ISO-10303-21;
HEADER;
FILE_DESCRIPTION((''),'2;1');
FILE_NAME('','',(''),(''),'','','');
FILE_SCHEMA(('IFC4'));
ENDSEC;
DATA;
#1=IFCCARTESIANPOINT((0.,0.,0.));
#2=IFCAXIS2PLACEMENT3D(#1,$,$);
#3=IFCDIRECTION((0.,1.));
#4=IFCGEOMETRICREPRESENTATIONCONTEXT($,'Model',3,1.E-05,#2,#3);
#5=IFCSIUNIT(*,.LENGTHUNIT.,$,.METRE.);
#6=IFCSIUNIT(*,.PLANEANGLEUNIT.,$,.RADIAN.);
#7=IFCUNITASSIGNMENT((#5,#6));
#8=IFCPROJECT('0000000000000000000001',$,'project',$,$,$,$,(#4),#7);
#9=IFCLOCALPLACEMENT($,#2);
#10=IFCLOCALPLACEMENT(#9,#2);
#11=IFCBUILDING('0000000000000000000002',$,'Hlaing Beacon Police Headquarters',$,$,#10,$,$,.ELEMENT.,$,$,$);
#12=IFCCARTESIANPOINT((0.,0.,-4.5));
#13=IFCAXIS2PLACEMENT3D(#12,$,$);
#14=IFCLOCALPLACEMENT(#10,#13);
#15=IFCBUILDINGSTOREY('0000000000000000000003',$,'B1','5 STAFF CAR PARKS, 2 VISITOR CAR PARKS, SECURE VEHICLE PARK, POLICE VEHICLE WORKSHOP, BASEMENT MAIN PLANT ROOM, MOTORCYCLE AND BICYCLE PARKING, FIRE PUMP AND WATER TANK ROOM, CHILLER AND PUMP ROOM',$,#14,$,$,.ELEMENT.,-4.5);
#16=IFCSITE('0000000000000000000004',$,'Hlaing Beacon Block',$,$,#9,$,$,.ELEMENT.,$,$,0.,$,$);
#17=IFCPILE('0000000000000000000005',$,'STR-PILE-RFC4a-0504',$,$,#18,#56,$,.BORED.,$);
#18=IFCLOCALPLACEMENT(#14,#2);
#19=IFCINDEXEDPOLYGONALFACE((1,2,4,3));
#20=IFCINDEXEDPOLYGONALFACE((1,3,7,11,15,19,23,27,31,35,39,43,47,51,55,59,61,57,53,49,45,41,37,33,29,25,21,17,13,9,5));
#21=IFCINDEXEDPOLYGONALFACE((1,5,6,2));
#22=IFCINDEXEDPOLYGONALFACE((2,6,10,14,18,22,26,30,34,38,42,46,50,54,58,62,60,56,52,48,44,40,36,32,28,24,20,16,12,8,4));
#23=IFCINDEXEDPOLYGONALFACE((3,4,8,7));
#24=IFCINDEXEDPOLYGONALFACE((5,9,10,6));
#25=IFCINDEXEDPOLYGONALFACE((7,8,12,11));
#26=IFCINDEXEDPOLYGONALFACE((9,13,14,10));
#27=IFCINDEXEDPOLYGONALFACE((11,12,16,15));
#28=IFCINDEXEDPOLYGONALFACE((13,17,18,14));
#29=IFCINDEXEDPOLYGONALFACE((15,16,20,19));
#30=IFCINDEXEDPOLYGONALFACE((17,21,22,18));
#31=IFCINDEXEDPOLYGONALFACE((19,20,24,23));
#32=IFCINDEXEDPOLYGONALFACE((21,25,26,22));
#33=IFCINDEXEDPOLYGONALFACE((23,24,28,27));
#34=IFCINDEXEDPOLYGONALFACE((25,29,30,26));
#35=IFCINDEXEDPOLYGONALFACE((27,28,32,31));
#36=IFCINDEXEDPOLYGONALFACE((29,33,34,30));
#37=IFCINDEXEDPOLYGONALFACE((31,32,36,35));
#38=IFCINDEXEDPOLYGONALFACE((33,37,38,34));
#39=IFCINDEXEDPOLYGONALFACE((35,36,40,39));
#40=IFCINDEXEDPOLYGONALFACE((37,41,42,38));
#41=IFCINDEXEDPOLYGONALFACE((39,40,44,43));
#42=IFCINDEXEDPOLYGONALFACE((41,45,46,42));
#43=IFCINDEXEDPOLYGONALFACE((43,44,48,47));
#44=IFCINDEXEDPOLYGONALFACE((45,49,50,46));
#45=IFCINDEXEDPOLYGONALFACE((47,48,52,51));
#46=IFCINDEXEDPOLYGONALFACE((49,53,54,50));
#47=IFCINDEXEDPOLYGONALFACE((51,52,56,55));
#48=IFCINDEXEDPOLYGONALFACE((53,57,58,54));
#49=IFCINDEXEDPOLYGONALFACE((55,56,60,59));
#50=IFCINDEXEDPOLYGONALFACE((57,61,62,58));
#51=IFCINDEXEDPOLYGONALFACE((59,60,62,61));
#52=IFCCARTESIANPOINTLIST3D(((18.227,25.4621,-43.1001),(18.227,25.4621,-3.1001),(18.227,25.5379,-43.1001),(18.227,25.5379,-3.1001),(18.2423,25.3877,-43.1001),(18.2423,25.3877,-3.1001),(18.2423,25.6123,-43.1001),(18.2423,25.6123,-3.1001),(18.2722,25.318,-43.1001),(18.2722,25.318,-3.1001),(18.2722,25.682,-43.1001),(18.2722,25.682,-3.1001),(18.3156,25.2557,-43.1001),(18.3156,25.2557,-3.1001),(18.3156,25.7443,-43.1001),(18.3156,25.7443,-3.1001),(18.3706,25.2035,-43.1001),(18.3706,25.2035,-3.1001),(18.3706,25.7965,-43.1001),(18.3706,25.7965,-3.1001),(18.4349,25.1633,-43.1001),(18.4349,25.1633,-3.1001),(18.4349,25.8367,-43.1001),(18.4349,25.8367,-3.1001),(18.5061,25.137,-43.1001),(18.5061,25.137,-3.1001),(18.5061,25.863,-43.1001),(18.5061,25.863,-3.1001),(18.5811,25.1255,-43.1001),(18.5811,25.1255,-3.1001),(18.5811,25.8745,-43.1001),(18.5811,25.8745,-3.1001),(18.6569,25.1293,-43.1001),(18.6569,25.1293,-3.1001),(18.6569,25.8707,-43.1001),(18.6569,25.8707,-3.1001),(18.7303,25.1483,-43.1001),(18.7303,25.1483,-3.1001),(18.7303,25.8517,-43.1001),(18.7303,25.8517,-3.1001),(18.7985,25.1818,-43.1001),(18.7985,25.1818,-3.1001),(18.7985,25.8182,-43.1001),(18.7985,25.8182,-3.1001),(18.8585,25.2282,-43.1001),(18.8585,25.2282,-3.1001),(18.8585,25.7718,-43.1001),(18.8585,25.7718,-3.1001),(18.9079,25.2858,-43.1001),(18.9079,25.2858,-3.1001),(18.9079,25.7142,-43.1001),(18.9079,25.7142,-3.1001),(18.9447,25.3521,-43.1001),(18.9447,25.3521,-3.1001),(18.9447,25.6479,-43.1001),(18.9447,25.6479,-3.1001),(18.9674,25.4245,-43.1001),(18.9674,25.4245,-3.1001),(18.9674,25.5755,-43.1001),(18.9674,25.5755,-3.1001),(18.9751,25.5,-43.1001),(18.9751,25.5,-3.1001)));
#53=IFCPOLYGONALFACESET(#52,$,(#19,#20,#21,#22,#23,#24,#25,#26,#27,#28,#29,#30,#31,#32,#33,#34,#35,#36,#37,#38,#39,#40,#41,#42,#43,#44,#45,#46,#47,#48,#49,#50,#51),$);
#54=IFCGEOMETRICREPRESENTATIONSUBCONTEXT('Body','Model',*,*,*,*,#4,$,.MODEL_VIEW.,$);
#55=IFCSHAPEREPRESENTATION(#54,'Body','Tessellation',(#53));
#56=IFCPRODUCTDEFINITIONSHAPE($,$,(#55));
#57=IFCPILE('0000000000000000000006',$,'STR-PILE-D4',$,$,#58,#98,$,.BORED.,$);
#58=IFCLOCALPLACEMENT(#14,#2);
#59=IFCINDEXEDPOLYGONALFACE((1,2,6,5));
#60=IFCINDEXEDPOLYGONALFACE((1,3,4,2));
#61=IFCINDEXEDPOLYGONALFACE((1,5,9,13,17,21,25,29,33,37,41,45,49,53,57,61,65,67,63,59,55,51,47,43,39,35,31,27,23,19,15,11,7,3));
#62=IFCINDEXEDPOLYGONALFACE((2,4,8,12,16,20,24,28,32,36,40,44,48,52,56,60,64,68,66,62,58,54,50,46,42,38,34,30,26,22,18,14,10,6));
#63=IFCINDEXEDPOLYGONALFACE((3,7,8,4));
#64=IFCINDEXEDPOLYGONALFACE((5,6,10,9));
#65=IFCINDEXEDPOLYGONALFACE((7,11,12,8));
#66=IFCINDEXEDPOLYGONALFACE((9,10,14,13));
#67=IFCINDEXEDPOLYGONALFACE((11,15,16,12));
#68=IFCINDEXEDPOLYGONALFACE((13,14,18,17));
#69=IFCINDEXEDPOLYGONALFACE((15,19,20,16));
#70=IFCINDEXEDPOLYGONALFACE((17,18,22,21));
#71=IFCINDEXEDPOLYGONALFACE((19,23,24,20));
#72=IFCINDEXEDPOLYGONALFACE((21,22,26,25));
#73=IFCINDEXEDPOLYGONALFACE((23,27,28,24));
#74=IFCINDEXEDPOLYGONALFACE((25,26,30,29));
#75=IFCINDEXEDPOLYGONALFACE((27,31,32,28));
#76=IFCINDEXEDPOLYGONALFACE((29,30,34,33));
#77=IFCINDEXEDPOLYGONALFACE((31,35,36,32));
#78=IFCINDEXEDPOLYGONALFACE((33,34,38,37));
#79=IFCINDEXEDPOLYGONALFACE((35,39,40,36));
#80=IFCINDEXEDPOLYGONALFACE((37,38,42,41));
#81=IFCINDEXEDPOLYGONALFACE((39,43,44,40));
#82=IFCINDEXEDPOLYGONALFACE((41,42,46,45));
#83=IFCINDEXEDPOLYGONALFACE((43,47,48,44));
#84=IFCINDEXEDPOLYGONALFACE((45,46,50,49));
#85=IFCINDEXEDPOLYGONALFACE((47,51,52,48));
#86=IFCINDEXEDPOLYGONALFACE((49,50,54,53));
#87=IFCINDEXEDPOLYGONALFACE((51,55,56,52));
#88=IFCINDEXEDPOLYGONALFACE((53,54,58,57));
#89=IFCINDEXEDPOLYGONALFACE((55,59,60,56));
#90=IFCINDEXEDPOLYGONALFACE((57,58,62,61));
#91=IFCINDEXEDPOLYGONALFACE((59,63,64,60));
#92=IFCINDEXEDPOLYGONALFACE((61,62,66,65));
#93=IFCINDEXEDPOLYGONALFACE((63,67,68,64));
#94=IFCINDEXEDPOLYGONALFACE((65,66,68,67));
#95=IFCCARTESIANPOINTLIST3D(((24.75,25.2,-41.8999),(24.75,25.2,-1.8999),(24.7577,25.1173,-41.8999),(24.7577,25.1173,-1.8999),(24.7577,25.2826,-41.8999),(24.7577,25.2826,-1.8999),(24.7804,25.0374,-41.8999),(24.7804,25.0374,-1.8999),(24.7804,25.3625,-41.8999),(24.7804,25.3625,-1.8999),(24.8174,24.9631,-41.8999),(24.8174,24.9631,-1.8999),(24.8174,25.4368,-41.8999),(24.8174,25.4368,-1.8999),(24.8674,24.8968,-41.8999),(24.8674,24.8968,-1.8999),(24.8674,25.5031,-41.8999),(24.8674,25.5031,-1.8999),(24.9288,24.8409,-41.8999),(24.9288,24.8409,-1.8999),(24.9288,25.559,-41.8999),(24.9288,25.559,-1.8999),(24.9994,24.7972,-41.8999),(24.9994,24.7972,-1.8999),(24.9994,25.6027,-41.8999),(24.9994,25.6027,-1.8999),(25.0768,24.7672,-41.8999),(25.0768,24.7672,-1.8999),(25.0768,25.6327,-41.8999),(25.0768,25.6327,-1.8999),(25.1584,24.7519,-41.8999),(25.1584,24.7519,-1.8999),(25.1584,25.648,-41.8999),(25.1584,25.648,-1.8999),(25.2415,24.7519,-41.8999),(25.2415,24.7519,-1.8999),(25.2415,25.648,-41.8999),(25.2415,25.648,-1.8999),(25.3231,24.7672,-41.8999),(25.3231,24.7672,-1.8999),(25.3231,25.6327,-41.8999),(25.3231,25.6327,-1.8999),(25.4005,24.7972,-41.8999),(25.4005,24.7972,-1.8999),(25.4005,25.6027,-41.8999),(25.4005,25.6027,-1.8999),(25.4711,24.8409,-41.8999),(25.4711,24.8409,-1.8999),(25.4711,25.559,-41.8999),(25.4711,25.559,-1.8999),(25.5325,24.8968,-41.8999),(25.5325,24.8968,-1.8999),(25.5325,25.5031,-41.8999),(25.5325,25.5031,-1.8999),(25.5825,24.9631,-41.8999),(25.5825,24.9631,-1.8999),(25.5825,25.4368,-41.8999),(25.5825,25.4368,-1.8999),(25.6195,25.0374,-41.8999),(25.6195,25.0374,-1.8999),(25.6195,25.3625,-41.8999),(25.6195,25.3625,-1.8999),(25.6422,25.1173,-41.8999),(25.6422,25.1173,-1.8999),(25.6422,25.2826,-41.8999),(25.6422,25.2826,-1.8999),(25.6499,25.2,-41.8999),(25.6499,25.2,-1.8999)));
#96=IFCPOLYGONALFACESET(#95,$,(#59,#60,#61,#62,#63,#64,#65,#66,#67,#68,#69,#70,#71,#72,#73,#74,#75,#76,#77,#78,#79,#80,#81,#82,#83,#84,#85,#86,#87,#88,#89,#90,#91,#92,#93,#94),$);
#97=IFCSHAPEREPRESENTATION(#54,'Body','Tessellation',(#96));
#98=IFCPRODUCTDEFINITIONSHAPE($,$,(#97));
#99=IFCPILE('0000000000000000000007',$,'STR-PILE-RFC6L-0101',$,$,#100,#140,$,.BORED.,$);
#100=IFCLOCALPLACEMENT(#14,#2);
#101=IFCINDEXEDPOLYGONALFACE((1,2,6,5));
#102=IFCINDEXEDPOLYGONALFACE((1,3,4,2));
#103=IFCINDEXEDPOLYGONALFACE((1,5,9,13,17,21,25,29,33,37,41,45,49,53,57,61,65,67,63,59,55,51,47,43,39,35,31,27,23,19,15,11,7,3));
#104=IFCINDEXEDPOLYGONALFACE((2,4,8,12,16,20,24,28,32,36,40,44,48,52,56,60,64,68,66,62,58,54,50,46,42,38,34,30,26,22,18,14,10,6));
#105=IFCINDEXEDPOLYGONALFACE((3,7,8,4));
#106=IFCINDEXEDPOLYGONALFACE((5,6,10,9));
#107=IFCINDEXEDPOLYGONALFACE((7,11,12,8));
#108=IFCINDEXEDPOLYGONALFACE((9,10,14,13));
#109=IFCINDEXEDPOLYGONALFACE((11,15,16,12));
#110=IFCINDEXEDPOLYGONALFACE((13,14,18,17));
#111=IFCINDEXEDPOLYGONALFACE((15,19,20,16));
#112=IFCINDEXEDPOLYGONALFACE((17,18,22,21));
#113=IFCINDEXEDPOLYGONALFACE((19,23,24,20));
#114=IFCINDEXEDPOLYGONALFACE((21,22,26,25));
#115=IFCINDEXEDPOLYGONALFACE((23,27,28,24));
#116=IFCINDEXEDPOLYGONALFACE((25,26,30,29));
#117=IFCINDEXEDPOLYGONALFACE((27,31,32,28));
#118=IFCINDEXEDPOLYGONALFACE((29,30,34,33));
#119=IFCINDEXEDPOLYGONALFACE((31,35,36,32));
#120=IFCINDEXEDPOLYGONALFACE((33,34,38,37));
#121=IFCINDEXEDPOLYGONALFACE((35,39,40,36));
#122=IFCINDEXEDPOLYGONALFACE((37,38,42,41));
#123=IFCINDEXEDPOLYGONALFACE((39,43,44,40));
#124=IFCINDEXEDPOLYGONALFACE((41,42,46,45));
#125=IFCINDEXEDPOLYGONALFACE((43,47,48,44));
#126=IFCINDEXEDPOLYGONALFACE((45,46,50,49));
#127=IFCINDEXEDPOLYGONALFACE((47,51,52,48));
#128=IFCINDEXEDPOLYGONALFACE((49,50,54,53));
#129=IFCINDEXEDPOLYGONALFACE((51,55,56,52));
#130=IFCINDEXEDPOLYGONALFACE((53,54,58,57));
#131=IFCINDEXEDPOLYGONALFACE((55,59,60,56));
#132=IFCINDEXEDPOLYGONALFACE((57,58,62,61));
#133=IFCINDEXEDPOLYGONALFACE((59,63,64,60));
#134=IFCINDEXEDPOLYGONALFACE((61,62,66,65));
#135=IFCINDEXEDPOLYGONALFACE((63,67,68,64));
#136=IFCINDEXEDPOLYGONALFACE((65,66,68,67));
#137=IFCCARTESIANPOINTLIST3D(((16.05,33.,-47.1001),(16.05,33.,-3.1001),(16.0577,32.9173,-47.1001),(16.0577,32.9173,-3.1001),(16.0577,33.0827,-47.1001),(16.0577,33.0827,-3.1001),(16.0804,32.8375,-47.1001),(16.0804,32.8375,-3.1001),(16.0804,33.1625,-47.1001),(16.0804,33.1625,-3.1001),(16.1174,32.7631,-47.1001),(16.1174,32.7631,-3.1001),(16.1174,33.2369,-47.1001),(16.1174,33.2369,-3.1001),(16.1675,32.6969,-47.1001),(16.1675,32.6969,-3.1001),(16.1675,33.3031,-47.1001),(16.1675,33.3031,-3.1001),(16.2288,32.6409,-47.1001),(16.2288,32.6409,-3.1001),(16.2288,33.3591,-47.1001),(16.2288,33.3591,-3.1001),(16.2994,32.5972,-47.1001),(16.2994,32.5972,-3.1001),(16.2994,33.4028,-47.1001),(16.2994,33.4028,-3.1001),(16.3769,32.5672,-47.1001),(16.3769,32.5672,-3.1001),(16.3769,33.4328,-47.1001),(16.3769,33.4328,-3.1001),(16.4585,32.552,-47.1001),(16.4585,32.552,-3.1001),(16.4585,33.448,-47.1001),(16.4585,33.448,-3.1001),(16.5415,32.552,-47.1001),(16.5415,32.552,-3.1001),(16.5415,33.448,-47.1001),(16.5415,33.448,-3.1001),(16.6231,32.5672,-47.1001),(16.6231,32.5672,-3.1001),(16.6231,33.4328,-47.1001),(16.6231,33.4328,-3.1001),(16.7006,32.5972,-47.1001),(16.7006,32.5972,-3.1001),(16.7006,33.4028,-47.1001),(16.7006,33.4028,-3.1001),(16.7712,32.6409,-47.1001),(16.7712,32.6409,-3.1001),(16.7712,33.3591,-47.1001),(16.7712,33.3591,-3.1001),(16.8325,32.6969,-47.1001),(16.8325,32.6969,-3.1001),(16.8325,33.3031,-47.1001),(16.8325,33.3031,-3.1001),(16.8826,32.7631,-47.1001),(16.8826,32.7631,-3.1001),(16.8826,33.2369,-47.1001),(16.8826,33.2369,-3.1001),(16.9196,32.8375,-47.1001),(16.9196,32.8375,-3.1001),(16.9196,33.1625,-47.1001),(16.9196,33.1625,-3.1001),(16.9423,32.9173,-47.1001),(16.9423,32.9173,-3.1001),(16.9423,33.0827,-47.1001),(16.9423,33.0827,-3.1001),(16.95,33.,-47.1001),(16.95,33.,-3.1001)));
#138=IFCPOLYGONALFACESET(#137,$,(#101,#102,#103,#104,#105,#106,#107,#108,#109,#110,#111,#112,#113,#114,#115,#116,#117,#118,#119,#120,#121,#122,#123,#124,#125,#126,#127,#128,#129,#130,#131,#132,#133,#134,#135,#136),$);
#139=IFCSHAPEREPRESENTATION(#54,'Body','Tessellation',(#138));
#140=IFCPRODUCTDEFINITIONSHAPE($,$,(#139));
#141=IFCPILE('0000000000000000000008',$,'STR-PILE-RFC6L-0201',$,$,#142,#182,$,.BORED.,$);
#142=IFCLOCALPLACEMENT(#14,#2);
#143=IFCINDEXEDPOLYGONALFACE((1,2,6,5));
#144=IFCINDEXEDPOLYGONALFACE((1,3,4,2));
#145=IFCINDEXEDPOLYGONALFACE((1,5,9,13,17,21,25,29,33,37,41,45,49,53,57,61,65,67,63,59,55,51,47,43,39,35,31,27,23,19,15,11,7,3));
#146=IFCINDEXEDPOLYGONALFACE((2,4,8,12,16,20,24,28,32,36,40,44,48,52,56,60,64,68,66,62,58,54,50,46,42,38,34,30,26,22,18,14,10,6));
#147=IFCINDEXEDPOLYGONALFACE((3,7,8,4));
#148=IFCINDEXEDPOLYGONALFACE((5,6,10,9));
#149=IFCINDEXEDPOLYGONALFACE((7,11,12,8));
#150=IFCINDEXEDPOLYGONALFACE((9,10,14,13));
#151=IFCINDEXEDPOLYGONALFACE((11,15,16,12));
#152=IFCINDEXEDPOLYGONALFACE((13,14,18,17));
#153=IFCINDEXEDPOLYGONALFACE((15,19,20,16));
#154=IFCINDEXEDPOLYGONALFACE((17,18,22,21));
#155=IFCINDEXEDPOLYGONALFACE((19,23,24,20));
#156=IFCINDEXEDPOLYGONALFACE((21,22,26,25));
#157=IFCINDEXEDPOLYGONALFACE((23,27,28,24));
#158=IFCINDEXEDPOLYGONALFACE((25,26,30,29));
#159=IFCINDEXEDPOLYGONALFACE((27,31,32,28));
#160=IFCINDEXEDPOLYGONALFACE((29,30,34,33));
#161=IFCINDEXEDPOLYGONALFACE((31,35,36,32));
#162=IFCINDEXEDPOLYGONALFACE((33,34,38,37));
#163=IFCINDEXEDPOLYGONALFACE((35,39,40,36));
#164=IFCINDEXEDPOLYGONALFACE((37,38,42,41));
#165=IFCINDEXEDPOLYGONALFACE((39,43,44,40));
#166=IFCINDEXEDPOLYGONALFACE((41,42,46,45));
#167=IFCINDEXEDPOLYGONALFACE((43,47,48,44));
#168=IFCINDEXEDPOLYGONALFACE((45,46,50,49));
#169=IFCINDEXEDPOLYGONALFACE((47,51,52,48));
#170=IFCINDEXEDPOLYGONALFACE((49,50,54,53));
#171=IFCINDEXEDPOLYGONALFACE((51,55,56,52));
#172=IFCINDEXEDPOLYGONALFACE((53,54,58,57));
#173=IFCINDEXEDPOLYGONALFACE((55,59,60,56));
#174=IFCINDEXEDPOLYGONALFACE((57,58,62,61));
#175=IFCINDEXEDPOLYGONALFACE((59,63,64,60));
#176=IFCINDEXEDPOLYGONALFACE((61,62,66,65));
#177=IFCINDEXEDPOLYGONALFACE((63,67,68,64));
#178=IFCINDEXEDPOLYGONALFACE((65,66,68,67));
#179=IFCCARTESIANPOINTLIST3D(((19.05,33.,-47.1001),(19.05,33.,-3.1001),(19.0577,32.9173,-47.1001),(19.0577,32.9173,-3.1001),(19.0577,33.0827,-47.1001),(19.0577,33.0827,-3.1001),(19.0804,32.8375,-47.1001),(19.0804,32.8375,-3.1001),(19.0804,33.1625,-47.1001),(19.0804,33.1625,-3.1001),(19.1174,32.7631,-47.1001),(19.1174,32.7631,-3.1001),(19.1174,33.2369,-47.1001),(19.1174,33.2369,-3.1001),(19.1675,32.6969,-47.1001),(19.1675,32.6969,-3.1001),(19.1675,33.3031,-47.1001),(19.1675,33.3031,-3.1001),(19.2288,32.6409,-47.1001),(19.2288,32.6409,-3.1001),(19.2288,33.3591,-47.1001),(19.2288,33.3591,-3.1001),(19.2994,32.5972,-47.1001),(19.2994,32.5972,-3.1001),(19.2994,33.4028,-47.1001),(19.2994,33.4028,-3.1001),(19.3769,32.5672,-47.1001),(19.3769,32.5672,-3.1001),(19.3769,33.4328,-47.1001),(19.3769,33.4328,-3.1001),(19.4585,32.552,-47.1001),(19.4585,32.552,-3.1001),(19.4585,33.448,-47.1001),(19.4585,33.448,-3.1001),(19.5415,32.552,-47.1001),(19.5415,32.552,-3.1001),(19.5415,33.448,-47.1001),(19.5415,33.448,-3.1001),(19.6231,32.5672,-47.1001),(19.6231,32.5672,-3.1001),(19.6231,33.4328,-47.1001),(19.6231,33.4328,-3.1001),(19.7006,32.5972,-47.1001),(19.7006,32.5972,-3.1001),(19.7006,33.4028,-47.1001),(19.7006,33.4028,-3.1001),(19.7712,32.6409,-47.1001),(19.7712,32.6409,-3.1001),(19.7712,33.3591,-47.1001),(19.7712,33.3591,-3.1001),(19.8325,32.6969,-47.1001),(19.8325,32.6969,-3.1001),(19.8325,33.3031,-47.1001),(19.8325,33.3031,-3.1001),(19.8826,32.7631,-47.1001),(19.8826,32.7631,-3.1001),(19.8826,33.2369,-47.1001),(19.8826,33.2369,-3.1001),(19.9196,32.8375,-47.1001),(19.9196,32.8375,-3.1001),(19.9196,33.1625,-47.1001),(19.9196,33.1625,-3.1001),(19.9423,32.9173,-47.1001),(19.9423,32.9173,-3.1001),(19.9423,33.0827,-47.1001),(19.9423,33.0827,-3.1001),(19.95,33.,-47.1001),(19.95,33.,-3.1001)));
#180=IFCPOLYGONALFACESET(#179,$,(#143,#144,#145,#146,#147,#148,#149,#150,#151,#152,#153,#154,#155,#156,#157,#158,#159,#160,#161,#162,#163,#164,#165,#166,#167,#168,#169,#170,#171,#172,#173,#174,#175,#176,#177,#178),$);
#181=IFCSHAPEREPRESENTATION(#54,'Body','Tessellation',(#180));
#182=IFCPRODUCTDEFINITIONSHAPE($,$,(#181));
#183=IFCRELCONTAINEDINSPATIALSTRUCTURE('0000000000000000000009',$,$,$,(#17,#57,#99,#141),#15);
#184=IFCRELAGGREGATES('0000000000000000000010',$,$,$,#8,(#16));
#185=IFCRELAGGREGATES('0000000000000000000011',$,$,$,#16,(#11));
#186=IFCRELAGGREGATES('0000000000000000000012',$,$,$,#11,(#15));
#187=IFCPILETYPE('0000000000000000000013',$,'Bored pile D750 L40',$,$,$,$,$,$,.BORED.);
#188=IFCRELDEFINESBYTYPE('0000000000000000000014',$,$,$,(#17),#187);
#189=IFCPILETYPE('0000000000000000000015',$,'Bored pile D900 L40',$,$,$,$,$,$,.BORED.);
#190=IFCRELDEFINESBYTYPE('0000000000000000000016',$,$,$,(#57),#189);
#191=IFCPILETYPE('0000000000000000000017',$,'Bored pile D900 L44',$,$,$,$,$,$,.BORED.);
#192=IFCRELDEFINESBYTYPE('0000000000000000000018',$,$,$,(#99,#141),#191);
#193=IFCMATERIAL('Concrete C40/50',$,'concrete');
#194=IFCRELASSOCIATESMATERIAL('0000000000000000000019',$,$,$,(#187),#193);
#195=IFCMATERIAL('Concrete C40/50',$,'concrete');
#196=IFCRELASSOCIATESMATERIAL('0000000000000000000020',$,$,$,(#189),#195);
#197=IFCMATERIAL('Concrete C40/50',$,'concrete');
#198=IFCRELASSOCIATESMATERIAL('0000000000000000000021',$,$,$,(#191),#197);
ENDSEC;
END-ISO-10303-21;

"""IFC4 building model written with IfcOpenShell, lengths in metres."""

from ifc_helpers import new_model, si_unit, direction, frame, origin, origin_2d, place, context, subcontext, project, spatial, circle, extrude, material, material_profile, profile_set, type_object, element, save


model = new_model("IFC4")

# Units and contexts
model_context = context("Model", 3, precision=1e-05, world=origin(), true_north=direction((0.0, 1.0)))
body_context = subcontext(model_context, "Body", "Model", "MODEL_VIEW")
ifc_project = project(units=[si_unit("LENGTHUNIT", "METRE"), si_unit("PLANEANGLEUNIT", "RADIAN")], contexts=[model_context])

# Site, building, storey
site_placement = place(None, origin())
site = spatial("IfcSite", under=ifc_project, at=site_placement, Name="Hlaing Beacon Block", CompositionType="ELEMENT", RefElevation=0.0)
building_placement = place(site_placement, origin())
building = spatial("IfcBuilding", under=site, at=building_placement, Name="Hlaing Beacon Police Headquarters", CompositionType="ELEMENT")
storey_placement = place(building_placement, frame((0.0, 0.0, -4.5)))
storey = spatial("IfcBuildingStorey", under=building, at=storey_placement, Name="B1", Description="5 STAFF CAR PARKS, 2 VISITOR CAR PARKS, SECURE VEHICLE PARK, POLICE VEHICLE WORKSHOP, BASEMENT MAIN PLANT ROOM, MOTORCYCLE AND BICYCLE PARKING, FIRE PUMP AND WATER TANK ROOM, CHILLER AND PUMP ROOM", CompositionType="ELEMENT", Elevation=-4.5)

# Piles
ifc_material_1 = material(Name="Concrete C40/50", Category="concrete")
ifc_material_profile_1 = material_profile(ifc_material_1, circle(Radius=0.375, at=origin_2d()), Name="D750")
ifc_profile_set_1 = profile_set([ifc_material_profile_1], Name="Concrete C40/50")
pile_type_1 = type_object("IfcPileType", Name="Bored pile D750 L40", PredefinedType="BORED", material=ifc_profile_set_1)
for number, where, z_axis, x_axis, name in (
    (1, (18.6001, 25.5, -3.1001), (0.0, 0.0, -1.0), (1.0, 0.0, 0.0), "STR-PILE-RFC4a-0504"),
):
    element("IfcPile", number, at=place(storey_placement, frame(where, z_axis=z_axis, x_axis=x_axis)), inside=storey, type_object=pile_type_1, Name=name, PredefinedType="BORED", context=body_context, shape_type="SweptSolid", body=[
        extrude(circle(Radius=0.375, at=origin_2d()), origin(), (0.0, 0.0, 1.0), 40.0),
    ])
ifc_material_2 = material(Name="Concrete C40/50", Category="concrete")
ifc_material_profile_2 = material_profile(ifc_material_2, circle(Radius=0.45, at=origin_2d()), Name="D900")
ifc_profile_set_2 = profile_set([ifc_material_profile_2], Name="Concrete C40/50")
pile_type_2 = type_object("IfcPileType", Name="Bored pile D900 L40", PredefinedType="BORED", material=ifc_profile_set_2)
pile_placement = place(storey_placement, frame((25.2, 25.2, -1.8999), z_axis=(0.0, 0.0, -1.0), x_axis=(1.0, 0.0, 0.0)))
element("IfcPile", 2, at=pile_placement, inside=storey, type_object=pile_type_2, Name="STR-PILE-D4", PredefinedType="BORED", context=body_context, shape_type="SweptSolid", body=[
    extrude(circle(Radius=0.45, at=origin_2d()), origin(), (0.0, 0.0, 1.0), 40.0),
])
ifc_material_3 = material(Name="Concrete C40/50", Category="concrete")
ifc_material_profile_3 = material_profile(ifc_material_3, circle(Radius=0.45, at=origin_2d()), Name="D900")
ifc_profile_set_3 = profile_set([ifc_material_profile_3], Name="Concrete C40/50")
pile_type_3 = type_object("IfcPileType", Name="Bored pile D900 L44", PredefinedType="BORED", material=ifc_profile_set_3)
for number, where, z_axis, x_axis, name in (
    (3, (16.5, 33.0, -3.1001), (0.0, 0.0, -1.0), (1.0, 0.0, 0.0), "STR-PILE-RFC6L-0101"),
    (4, (19.5, 33.0, -3.1001), (0.0, 0.0, -1.0), (1.0, 0.0, 0.0), "STR-PILE-RFC6L-0201"),
):
    element("IfcPile", number, at=place(storey_placement, frame(where, z_axis=z_axis, x_axis=x_axis)), inside=storey, type_object=pile_type_3, Name=name, PredefinedType="BORED", context=body_context, shape_type="SweptSolid", body=[
        extrude(circle(Radius=0.45, at=origin_2d()), origin(), (0.0, 0.0, 1.0), 44.0),
    ])

save(model, "model.ifc")
